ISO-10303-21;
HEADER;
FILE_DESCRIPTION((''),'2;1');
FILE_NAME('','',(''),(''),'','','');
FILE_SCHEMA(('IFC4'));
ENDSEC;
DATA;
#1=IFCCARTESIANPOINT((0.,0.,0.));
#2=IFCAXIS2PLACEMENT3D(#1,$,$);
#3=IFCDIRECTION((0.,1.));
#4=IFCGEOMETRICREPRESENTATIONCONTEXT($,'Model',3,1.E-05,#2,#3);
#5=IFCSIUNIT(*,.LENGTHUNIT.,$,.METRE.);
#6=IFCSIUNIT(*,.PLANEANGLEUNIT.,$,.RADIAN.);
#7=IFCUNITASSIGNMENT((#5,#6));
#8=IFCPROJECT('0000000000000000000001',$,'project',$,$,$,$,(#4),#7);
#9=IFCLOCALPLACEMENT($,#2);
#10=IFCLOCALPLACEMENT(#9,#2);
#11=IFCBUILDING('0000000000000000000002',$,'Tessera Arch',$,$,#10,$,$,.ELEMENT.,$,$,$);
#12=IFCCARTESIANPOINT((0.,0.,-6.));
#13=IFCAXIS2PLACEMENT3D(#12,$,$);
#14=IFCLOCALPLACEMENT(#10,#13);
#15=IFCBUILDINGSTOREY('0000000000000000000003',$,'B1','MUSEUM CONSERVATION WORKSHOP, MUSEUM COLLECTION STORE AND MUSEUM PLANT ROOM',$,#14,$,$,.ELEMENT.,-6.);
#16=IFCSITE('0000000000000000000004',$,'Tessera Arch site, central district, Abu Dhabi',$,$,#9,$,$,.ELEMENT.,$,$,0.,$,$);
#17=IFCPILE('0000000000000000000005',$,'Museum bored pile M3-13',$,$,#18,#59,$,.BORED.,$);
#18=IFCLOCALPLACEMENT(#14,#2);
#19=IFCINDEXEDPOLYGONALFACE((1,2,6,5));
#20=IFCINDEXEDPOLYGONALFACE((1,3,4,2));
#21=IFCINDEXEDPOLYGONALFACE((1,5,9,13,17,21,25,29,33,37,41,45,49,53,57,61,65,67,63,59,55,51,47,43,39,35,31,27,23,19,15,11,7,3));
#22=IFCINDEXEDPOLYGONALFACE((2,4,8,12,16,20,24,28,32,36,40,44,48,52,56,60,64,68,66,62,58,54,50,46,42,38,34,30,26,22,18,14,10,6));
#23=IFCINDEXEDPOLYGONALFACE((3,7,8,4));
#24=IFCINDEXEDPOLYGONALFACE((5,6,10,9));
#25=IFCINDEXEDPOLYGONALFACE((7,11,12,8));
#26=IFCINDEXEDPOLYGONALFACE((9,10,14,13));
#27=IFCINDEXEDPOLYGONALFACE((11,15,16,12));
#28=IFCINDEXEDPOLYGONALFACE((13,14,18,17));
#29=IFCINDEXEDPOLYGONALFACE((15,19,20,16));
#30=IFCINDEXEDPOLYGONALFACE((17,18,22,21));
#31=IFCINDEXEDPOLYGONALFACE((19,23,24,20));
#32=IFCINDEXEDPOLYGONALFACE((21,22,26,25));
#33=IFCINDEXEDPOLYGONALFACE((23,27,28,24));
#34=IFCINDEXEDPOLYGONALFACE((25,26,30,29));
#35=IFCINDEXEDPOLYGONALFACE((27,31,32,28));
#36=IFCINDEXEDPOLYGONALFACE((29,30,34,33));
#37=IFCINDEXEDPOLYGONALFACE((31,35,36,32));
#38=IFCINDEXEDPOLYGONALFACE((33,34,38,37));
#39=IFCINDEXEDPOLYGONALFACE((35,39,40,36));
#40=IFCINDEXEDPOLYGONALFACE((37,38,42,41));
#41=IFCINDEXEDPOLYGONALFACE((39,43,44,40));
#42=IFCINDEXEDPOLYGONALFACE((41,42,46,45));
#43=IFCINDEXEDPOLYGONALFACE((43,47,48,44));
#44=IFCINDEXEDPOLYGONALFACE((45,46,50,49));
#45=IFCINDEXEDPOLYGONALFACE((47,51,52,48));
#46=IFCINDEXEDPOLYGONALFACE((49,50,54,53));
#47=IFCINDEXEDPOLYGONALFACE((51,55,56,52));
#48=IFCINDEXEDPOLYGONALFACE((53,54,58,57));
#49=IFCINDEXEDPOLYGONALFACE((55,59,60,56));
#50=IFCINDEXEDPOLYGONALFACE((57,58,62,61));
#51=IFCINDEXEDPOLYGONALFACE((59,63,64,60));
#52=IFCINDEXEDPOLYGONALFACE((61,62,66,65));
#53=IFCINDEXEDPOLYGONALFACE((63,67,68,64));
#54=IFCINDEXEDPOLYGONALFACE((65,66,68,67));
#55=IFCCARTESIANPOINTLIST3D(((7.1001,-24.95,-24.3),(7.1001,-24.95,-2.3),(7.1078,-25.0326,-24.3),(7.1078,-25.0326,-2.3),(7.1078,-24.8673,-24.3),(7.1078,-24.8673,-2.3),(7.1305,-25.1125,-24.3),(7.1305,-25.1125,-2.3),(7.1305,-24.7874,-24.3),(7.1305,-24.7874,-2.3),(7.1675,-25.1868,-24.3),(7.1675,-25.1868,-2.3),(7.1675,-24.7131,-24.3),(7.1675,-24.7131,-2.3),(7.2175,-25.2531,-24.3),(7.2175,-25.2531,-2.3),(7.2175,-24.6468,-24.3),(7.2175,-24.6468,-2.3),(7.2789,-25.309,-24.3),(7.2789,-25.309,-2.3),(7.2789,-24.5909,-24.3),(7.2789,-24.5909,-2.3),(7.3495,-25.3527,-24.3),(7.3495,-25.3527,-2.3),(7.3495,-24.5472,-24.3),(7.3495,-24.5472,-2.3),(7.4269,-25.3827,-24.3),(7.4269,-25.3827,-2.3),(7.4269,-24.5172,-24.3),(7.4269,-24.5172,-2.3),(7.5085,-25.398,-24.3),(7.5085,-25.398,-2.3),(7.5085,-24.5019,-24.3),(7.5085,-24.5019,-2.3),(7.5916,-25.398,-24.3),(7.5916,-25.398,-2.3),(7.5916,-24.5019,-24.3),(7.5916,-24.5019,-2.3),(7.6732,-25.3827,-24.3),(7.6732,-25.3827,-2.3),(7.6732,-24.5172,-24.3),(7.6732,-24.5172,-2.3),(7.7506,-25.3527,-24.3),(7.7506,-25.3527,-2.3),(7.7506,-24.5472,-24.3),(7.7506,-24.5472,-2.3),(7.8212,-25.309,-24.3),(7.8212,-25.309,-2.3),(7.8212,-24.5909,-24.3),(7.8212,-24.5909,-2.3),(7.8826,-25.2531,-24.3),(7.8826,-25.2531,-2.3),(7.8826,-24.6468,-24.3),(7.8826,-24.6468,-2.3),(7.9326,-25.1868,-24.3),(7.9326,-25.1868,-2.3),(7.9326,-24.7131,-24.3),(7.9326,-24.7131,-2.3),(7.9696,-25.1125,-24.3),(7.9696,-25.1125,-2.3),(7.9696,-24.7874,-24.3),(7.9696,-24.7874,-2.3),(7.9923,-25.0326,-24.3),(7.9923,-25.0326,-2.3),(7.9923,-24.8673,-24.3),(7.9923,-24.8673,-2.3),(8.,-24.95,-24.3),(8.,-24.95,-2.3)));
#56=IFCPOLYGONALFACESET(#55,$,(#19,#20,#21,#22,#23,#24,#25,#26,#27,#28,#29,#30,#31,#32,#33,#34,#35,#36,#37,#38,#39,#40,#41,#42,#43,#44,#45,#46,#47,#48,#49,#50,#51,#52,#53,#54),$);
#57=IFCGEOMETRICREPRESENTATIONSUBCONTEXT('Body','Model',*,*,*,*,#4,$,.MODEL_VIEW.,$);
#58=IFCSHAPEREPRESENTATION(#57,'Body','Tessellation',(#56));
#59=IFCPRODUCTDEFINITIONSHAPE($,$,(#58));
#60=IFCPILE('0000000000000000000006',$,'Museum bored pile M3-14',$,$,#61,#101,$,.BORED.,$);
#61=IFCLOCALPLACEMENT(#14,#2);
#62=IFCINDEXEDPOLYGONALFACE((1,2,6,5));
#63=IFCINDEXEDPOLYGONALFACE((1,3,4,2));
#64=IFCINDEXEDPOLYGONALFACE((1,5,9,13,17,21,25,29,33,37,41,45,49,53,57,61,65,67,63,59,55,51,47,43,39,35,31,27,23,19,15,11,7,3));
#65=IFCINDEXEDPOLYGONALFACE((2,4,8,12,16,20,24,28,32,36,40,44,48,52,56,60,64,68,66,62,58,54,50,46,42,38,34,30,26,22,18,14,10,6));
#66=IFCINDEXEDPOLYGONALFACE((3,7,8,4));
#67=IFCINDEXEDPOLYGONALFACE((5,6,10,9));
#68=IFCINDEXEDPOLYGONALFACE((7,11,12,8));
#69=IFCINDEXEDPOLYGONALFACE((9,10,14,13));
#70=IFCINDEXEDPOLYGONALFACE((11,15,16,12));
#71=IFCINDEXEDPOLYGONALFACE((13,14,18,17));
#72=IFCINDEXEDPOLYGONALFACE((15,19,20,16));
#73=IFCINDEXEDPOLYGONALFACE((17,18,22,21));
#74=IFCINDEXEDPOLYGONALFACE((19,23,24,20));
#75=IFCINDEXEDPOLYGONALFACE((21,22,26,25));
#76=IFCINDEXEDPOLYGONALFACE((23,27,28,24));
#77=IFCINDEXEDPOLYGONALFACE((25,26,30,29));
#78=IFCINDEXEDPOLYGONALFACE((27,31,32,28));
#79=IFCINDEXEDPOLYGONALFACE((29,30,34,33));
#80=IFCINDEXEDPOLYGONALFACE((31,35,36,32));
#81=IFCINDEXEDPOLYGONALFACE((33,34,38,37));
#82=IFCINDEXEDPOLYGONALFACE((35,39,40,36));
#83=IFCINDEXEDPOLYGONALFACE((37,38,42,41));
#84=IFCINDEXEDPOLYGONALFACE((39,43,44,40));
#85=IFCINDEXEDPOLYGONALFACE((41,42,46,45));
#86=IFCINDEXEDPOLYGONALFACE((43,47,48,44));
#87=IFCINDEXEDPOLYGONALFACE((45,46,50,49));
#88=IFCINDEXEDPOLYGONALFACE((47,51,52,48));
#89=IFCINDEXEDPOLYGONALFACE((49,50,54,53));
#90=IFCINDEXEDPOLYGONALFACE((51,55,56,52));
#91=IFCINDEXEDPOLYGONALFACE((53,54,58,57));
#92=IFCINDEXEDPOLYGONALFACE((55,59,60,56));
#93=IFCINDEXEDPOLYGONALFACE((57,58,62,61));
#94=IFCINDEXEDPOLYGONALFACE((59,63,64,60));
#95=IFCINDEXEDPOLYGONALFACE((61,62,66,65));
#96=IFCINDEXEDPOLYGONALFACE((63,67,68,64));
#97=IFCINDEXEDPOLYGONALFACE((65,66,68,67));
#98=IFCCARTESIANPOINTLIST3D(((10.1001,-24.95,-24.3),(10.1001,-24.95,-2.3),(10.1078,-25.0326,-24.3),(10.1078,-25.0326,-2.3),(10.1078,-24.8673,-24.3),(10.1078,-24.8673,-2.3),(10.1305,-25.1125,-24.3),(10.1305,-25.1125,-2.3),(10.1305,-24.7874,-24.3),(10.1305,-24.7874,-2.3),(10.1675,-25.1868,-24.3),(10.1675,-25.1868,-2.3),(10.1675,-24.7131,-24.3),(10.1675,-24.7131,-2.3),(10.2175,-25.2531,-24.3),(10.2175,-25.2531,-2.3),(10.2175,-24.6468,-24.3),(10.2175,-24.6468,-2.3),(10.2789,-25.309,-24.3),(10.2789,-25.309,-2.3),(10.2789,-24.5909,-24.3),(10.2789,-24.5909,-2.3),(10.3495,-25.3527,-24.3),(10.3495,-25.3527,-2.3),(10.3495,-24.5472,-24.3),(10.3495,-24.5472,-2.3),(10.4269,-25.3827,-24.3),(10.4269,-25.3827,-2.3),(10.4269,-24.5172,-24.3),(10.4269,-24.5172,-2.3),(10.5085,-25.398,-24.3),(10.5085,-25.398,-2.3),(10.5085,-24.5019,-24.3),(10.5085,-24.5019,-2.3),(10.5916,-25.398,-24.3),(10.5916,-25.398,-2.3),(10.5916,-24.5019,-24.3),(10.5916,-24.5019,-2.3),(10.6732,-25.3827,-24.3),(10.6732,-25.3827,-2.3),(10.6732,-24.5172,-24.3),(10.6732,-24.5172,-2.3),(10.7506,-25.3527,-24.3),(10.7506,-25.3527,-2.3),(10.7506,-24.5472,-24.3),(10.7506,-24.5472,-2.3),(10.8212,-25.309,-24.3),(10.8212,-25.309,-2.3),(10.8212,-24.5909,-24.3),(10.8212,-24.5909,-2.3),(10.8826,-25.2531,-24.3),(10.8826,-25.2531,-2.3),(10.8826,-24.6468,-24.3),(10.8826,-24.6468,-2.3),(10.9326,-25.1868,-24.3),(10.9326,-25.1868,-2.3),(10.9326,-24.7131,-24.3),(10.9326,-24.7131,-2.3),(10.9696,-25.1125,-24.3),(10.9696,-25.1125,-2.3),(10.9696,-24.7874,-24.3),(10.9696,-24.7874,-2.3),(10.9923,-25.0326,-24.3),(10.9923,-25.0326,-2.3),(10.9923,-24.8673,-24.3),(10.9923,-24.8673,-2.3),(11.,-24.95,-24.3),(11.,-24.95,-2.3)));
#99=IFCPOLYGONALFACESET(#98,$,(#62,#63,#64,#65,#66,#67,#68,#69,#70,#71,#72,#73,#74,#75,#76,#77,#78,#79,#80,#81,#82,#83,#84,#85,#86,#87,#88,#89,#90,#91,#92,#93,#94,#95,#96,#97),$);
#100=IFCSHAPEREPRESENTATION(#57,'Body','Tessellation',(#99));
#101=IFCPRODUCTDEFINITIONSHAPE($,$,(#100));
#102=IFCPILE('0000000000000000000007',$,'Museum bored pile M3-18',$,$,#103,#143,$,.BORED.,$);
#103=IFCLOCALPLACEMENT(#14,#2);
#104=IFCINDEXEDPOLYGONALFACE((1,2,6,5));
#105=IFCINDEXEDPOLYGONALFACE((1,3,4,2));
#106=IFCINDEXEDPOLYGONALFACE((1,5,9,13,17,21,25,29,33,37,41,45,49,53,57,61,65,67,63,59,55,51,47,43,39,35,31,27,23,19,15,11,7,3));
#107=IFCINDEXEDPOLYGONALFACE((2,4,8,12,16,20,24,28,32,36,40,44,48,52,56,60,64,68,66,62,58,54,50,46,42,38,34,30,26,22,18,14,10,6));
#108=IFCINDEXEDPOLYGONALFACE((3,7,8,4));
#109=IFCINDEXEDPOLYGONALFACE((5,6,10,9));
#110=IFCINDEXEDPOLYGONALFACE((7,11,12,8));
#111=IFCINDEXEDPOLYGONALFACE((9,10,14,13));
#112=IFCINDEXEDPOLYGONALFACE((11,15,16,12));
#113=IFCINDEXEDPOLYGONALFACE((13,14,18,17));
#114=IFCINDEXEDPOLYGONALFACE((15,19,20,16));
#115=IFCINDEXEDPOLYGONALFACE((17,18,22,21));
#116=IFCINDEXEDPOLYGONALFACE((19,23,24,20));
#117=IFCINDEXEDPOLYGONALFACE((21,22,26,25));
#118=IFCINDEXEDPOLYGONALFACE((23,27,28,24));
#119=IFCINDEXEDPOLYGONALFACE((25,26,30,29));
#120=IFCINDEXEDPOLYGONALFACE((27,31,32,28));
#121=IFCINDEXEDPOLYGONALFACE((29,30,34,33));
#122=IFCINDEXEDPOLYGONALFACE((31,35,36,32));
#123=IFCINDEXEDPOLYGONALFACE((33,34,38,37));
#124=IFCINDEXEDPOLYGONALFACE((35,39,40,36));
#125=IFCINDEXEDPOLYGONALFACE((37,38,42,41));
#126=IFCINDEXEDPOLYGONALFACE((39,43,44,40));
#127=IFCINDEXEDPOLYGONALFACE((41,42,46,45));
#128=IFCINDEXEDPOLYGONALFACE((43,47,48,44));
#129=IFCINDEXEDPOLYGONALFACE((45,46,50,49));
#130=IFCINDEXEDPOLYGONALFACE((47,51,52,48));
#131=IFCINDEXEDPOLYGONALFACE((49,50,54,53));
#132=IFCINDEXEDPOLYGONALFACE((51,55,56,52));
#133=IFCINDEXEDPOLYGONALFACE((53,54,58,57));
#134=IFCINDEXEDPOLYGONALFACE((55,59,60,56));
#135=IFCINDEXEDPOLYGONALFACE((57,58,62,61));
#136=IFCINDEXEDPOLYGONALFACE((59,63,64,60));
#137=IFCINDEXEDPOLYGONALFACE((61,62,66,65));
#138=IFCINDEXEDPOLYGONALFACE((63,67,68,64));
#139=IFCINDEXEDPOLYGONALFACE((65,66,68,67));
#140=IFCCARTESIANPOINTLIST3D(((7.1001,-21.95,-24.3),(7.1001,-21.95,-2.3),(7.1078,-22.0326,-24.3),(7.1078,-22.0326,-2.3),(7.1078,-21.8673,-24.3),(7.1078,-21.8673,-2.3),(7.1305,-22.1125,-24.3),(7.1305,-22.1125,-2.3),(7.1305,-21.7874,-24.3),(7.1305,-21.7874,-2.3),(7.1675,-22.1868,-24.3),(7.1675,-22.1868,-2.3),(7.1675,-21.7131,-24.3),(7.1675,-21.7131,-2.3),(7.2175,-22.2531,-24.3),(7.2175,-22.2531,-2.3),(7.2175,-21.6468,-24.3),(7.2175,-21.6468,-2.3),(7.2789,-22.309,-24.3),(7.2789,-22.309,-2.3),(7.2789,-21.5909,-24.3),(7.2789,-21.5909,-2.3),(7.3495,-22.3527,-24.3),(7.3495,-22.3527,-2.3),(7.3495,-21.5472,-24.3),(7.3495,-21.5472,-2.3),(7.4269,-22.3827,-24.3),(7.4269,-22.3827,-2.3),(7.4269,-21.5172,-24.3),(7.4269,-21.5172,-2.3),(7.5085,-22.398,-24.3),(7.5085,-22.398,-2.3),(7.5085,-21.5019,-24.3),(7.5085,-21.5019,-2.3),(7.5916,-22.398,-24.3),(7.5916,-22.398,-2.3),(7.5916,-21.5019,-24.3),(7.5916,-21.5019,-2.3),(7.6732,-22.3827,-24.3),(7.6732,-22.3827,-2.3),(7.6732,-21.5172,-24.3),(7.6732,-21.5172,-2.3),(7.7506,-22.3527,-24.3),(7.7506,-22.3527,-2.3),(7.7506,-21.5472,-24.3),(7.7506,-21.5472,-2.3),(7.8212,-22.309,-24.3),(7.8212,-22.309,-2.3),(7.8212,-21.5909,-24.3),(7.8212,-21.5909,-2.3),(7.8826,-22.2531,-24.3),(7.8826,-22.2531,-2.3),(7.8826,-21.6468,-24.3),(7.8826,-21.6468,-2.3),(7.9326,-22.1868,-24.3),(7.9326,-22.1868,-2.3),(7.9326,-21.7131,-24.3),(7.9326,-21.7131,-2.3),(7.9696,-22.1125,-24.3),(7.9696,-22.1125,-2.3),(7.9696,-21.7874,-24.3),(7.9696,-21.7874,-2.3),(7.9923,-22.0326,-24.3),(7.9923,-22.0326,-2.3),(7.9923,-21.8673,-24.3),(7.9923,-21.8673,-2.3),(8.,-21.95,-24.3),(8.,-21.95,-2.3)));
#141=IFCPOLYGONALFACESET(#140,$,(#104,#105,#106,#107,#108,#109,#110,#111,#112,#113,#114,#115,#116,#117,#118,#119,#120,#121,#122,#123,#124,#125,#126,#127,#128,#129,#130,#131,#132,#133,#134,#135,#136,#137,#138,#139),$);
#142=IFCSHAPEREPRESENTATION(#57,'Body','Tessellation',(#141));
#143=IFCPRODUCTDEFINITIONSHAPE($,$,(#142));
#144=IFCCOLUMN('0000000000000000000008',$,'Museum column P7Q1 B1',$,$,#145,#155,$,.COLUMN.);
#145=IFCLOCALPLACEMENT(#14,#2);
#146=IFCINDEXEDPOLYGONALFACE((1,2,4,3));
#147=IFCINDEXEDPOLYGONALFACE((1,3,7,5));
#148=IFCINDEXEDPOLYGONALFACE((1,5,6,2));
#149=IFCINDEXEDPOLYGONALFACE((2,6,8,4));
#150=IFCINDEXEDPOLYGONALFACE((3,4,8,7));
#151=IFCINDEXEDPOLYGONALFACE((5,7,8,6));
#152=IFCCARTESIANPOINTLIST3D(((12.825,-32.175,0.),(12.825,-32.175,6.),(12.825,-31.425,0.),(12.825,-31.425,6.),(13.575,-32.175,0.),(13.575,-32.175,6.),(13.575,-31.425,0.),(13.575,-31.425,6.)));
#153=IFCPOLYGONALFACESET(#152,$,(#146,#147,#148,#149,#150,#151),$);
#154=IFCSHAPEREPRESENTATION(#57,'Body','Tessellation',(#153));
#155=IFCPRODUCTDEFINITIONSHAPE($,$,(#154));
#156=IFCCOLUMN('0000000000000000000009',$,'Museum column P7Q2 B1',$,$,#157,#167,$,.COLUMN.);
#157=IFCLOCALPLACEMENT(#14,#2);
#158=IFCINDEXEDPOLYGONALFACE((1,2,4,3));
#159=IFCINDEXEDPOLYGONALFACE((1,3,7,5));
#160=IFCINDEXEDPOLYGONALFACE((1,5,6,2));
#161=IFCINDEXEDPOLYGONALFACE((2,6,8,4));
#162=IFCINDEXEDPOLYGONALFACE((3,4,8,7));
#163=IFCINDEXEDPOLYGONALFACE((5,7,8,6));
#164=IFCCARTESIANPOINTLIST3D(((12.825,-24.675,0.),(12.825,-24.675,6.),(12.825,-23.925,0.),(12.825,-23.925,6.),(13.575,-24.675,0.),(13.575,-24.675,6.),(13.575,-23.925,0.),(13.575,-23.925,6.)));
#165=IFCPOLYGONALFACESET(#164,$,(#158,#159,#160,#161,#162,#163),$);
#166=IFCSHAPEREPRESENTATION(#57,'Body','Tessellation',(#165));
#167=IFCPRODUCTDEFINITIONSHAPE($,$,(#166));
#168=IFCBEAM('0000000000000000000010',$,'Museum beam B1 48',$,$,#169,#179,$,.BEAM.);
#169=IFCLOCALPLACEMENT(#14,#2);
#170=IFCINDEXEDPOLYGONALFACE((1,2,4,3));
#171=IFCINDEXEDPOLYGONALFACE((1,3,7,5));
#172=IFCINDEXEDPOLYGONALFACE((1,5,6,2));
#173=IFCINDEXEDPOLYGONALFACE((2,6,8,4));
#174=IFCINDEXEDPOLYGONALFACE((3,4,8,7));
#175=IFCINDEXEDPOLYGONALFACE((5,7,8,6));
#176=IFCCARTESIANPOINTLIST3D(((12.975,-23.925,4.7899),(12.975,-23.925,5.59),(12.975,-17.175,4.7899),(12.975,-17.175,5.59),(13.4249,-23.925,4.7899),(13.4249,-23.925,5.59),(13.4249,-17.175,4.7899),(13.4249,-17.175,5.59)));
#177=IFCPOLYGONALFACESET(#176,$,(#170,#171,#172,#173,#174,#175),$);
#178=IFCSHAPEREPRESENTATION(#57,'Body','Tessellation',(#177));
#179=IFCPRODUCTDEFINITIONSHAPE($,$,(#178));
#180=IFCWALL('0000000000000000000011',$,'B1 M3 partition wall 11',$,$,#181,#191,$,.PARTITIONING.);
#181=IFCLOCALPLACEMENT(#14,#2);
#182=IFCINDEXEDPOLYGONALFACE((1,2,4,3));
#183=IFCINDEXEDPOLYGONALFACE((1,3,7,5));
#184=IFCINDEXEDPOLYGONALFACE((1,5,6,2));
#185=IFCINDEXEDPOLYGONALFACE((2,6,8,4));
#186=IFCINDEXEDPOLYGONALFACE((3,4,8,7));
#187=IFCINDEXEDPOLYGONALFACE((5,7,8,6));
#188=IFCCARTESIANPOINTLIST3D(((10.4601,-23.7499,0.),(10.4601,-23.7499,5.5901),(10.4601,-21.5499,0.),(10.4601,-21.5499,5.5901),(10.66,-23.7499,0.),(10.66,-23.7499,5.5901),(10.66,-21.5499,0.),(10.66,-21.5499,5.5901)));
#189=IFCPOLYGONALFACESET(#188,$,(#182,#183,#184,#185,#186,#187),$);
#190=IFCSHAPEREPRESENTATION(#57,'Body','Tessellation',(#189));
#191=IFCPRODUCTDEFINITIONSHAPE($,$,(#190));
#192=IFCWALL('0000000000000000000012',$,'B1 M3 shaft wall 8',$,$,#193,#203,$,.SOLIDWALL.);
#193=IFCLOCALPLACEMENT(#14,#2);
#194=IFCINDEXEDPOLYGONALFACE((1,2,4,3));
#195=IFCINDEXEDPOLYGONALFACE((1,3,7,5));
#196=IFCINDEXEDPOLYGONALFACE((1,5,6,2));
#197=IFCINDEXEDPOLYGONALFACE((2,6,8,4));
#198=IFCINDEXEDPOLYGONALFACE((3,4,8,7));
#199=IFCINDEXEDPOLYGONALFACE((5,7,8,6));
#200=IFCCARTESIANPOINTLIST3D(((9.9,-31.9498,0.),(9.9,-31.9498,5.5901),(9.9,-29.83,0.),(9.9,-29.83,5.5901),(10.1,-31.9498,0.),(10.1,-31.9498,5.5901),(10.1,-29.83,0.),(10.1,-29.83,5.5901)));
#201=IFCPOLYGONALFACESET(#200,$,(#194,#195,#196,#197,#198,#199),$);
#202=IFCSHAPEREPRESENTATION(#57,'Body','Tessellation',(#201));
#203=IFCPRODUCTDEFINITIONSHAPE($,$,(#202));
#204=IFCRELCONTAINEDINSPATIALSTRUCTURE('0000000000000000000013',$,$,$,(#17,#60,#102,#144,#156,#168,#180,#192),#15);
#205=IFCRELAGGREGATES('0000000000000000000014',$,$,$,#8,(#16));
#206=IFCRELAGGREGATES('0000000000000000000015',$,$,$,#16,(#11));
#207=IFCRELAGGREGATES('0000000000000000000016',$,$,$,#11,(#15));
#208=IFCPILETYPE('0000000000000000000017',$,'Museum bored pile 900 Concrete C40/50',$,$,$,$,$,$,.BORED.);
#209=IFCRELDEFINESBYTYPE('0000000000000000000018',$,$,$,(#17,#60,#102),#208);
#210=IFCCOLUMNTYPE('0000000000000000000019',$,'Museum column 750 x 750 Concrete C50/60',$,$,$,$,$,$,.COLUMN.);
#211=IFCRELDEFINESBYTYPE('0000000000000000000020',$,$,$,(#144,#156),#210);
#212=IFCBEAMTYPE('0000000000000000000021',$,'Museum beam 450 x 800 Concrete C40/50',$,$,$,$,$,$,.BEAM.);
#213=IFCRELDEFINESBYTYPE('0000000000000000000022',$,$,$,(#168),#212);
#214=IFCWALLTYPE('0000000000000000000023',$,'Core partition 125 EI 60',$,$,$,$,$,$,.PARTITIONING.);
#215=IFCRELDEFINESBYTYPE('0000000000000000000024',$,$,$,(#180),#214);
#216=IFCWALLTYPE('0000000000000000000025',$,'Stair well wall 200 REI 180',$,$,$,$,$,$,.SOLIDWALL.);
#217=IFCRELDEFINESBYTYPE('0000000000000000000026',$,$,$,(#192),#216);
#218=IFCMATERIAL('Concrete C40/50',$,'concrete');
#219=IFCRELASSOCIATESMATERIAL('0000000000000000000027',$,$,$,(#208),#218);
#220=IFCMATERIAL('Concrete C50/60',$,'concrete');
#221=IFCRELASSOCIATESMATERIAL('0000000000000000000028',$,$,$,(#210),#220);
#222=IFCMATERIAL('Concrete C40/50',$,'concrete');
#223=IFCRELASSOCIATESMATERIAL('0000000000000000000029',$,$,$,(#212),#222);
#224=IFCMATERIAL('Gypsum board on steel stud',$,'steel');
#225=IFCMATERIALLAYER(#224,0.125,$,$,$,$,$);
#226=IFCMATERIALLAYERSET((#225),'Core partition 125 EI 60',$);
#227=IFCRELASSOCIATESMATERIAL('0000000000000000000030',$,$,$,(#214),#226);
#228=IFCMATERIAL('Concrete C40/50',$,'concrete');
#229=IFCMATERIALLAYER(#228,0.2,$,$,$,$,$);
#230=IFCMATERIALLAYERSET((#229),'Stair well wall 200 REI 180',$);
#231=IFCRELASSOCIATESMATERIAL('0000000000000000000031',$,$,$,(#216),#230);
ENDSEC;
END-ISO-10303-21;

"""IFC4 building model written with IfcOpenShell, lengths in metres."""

from ifc_helpers import new_model, si_unit, direction, frame, frame_2d, origin, origin_2d, place, context, subcontext, project, spatial, rectangle, circle, extrude, material, layer, layer_set, material_profile, profile_set, type_object, element, save


model = new_model("IFC4")

# Units and contexts
model_context = context("Model", 3, precision=1e-05, world=origin(), true_north=direction((0.0, 1.0)))
body_context = subcontext(model_context, "Body", "Model", "MODEL_VIEW")
ifc_project = project(units=[si_unit("LENGTHUNIT", "METRE"), si_unit("PLANEANGLEUNIT", "RADIAN")], contexts=[model_context])

# Site, building, storey
site_placement = place(None, origin())
site = spatial("IfcSite", under=ifc_project, at=site_placement, Name="Tessera Arch site, central district, Abu Dhabi", CompositionType="ELEMENT", RefElevation=0.0)
building_placement = place(site_placement, origin())
building = spatial("IfcBuilding", under=site, at=building_placement, Name="Tessera Arch", CompositionType="ELEMENT")
storey_placement = place(building_placement, frame((0.0, 0.0, -6.0)))
storey = spatial("IfcBuildingStorey", under=building, at=storey_placement, Name="B1", Description="MUSEUM CONSERVATION WORKSHOP, MUSEUM COLLECTION STORE AND MUSEUM PLANT ROOM", CompositionType="ELEMENT", Elevation=-6.0)

# Piles
ifc_material_1 = material(Name="Concrete C40/50", Category="concrete")
pile_type = type_object("IfcPileType", Name="Museum bored pile 900 Concrete C40/50", PredefinedType="BORED", material=ifc_material_1)
for number, where, z_axis, x_axis, name in (
    (1, (7.55, -24.95, -2.3), (0.0, 0.0, -1.0), (1.0, 0.0, 0.0), "Museum bored pile M3-13"),
    (2, (10.55, -24.95, -2.3), (0.0, 0.0, -1.0), (1.0, 0.0, 0.0), "Museum bored pile M3-14"),
    (3, (7.55, -21.95, -2.3), (0.0, 0.0, -1.0), (1.0, 0.0, 0.0), "Museum bored pile M3-18"),
):
    element("IfcPile", number, at=place(storey_placement, frame(where, z_axis=z_axis, x_axis=x_axis)), inside=storey, type_object=pile_type, Name=name, PredefinedType="BORED", context=body_context, shape_type="SweptSolid", body=[
        extrude(circle(Radius=0.45, at=origin_2d()), origin(), (0.0, 0.0, 1.0), 22.0),
    ])

# Columns
ifc_material_2 = material(Name="Concrete C50/60", Category="concrete")
ifc_material_profile_1 = material_profile(ifc_material_2, rectangle(XDim=0.75, YDim=0.75, at=origin_2d()), Name="Museum column 750 x 750 Concrete C50/60")
ifc_profile_set_1 = profile_set([ifc_material_profile_1], Name="Concrete C50/60")
column_type = type_object("IfcColumnType", Name="Museum column 750 x 750 Concrete C50/60", PredefinedType="COLUMN", material=ifc_profile_set_1)
for number, where, z_axis, x_axis, name in (
    (4, (13.2, -31.8, 0.0), (0.0, 0.0, 1.0), (1.0, 0.0, 0.0), "Museum column P7Q1 B1"),
    (5, (13.2, -24.3, 0.0), (0.0, 0.0, 1.0), (1.0, 0.0, 0.0), "Museum column P7Q2 B1"),
):
    element("IfcColumn", number, at=place(storey_placement, frame(where, z_axis=z_axis, x_axis=x_axis)), inside=storey, type_object=column_type, Name=name, PredefinedType="COLUMN", context=body_context, shape_type="SweptSolid", body=[
        extrude(rectangle(XDim=0.75, YDim=0.75, at=origin_2d()), origin(), (0.0, 0.0, 1.0), 6.0),
    ])

# Beam
ifc_material_3 = material(Name="Concrete C40/50", Category="concrete")
ifc_material_profile_2 = material_profile(ifc_material_3, rectangle(XDim=0.45, YDim=0.8, at=origin_2d()), Name="Museum beam 450 x 800 Concrete C40/50")
ifc_profile_set_2 = profile_set([ifc_material_profile_2], Name="Concrete C40/50")
beam_type = type_object("IfcBeamType", Name="Museum beam 450 x 800 Concrete C40/50", PredefinedType="BEAM", material=ifc_profile_set_2)
beam_placement = place(storey_placement, frame((13.2, -23.925, 5.1899), z_axis=(0.0, 1.0, 0.0), x_axis=(-1.0, 0.0, 0.0)))
element("IfcBeam", 6, at=beam_placement, inside=storey, type_object=beam_type, Name="Museum beam B1 48", PredefinedType="BEAM", context=body_context, shape_type="SweptSolid", body=[
    extrude(rectangle(XDim=0.45, YDim=0.8, at=origin_2d()), origin(), (0.0, 0.0, 1.0), 6.75),
])

# Walls
ifc_material_4 = material(Name="Gypsum board on steel stud", Category="steel")
ifc_layer_1 = layer(ifc_material_4, 0.125)
ifc_layer_set_1 = layer_set([ifc_layer_1], Name="Core partition 125 EI 60")
wall_type_1 = type_object("IfcWallType", Name="Core partition 125 EI 60", PredefinedType="PARTITIONING", material=ifc_layer_set_1)
wall_1_placement = place(storey_placement, frame((10.5601, -23.75, 0.0), z_axis=(0.0, 0.0, 1.0), x_axis=(0.0, 1.0, 0.0)))
element("IfcWall", 7, at=wall_1_placement, inside=storey, type_object=wall_type_1, Name="B1 M3 partition wall 11", PredefinedType="PARTITIONING", context=body_context, shape_type="SweptSolid", body=[
    extrude(rectangle(XDim=2.2, YDim=0.2, at=frame_2d((1.1001, 0.0))), origin(), (0.0, 0.0, 1.0), 5.5901),
])
ifc_material_5 = material(Name="Concrete C40/50", Category="concrete")
ifc_layer_2 = layer(ifc_material_5, 0.2)
ifc_layer_set_2 = layer_set([ifc_layer_2], Name="Stair well wall 200 REI 180")
wall_type_2 = type_object("IfcWallType", Name="Stair well wall 200 REI 180", PredefinedType="SOLIDWALL", material=ifc_layer_set_2)
wall_2_placement = place(storey_placement, frame((10.0, -31.95, 0.0), z_axis=(0.0, 0.0, 1.0), x_axis=(0.0, 1.0, 0.0)))
element("IfcWall", 8, at=wall_2_placement, inside=storey, type_object=wall_type_2, Name="B1 M3 shaft wall 8", PredefinedType="SOLIDWALL", context=body_context, shape_type="SweptSolid", body=[
    extrude(rectangle(XDim=2.1199, YDim=0.2, at=frame_2d((1.0601, 0.0))), origin(), (0.0, 0.0, 1.0), 5.5901),
])

save(model, "model.ifc")
